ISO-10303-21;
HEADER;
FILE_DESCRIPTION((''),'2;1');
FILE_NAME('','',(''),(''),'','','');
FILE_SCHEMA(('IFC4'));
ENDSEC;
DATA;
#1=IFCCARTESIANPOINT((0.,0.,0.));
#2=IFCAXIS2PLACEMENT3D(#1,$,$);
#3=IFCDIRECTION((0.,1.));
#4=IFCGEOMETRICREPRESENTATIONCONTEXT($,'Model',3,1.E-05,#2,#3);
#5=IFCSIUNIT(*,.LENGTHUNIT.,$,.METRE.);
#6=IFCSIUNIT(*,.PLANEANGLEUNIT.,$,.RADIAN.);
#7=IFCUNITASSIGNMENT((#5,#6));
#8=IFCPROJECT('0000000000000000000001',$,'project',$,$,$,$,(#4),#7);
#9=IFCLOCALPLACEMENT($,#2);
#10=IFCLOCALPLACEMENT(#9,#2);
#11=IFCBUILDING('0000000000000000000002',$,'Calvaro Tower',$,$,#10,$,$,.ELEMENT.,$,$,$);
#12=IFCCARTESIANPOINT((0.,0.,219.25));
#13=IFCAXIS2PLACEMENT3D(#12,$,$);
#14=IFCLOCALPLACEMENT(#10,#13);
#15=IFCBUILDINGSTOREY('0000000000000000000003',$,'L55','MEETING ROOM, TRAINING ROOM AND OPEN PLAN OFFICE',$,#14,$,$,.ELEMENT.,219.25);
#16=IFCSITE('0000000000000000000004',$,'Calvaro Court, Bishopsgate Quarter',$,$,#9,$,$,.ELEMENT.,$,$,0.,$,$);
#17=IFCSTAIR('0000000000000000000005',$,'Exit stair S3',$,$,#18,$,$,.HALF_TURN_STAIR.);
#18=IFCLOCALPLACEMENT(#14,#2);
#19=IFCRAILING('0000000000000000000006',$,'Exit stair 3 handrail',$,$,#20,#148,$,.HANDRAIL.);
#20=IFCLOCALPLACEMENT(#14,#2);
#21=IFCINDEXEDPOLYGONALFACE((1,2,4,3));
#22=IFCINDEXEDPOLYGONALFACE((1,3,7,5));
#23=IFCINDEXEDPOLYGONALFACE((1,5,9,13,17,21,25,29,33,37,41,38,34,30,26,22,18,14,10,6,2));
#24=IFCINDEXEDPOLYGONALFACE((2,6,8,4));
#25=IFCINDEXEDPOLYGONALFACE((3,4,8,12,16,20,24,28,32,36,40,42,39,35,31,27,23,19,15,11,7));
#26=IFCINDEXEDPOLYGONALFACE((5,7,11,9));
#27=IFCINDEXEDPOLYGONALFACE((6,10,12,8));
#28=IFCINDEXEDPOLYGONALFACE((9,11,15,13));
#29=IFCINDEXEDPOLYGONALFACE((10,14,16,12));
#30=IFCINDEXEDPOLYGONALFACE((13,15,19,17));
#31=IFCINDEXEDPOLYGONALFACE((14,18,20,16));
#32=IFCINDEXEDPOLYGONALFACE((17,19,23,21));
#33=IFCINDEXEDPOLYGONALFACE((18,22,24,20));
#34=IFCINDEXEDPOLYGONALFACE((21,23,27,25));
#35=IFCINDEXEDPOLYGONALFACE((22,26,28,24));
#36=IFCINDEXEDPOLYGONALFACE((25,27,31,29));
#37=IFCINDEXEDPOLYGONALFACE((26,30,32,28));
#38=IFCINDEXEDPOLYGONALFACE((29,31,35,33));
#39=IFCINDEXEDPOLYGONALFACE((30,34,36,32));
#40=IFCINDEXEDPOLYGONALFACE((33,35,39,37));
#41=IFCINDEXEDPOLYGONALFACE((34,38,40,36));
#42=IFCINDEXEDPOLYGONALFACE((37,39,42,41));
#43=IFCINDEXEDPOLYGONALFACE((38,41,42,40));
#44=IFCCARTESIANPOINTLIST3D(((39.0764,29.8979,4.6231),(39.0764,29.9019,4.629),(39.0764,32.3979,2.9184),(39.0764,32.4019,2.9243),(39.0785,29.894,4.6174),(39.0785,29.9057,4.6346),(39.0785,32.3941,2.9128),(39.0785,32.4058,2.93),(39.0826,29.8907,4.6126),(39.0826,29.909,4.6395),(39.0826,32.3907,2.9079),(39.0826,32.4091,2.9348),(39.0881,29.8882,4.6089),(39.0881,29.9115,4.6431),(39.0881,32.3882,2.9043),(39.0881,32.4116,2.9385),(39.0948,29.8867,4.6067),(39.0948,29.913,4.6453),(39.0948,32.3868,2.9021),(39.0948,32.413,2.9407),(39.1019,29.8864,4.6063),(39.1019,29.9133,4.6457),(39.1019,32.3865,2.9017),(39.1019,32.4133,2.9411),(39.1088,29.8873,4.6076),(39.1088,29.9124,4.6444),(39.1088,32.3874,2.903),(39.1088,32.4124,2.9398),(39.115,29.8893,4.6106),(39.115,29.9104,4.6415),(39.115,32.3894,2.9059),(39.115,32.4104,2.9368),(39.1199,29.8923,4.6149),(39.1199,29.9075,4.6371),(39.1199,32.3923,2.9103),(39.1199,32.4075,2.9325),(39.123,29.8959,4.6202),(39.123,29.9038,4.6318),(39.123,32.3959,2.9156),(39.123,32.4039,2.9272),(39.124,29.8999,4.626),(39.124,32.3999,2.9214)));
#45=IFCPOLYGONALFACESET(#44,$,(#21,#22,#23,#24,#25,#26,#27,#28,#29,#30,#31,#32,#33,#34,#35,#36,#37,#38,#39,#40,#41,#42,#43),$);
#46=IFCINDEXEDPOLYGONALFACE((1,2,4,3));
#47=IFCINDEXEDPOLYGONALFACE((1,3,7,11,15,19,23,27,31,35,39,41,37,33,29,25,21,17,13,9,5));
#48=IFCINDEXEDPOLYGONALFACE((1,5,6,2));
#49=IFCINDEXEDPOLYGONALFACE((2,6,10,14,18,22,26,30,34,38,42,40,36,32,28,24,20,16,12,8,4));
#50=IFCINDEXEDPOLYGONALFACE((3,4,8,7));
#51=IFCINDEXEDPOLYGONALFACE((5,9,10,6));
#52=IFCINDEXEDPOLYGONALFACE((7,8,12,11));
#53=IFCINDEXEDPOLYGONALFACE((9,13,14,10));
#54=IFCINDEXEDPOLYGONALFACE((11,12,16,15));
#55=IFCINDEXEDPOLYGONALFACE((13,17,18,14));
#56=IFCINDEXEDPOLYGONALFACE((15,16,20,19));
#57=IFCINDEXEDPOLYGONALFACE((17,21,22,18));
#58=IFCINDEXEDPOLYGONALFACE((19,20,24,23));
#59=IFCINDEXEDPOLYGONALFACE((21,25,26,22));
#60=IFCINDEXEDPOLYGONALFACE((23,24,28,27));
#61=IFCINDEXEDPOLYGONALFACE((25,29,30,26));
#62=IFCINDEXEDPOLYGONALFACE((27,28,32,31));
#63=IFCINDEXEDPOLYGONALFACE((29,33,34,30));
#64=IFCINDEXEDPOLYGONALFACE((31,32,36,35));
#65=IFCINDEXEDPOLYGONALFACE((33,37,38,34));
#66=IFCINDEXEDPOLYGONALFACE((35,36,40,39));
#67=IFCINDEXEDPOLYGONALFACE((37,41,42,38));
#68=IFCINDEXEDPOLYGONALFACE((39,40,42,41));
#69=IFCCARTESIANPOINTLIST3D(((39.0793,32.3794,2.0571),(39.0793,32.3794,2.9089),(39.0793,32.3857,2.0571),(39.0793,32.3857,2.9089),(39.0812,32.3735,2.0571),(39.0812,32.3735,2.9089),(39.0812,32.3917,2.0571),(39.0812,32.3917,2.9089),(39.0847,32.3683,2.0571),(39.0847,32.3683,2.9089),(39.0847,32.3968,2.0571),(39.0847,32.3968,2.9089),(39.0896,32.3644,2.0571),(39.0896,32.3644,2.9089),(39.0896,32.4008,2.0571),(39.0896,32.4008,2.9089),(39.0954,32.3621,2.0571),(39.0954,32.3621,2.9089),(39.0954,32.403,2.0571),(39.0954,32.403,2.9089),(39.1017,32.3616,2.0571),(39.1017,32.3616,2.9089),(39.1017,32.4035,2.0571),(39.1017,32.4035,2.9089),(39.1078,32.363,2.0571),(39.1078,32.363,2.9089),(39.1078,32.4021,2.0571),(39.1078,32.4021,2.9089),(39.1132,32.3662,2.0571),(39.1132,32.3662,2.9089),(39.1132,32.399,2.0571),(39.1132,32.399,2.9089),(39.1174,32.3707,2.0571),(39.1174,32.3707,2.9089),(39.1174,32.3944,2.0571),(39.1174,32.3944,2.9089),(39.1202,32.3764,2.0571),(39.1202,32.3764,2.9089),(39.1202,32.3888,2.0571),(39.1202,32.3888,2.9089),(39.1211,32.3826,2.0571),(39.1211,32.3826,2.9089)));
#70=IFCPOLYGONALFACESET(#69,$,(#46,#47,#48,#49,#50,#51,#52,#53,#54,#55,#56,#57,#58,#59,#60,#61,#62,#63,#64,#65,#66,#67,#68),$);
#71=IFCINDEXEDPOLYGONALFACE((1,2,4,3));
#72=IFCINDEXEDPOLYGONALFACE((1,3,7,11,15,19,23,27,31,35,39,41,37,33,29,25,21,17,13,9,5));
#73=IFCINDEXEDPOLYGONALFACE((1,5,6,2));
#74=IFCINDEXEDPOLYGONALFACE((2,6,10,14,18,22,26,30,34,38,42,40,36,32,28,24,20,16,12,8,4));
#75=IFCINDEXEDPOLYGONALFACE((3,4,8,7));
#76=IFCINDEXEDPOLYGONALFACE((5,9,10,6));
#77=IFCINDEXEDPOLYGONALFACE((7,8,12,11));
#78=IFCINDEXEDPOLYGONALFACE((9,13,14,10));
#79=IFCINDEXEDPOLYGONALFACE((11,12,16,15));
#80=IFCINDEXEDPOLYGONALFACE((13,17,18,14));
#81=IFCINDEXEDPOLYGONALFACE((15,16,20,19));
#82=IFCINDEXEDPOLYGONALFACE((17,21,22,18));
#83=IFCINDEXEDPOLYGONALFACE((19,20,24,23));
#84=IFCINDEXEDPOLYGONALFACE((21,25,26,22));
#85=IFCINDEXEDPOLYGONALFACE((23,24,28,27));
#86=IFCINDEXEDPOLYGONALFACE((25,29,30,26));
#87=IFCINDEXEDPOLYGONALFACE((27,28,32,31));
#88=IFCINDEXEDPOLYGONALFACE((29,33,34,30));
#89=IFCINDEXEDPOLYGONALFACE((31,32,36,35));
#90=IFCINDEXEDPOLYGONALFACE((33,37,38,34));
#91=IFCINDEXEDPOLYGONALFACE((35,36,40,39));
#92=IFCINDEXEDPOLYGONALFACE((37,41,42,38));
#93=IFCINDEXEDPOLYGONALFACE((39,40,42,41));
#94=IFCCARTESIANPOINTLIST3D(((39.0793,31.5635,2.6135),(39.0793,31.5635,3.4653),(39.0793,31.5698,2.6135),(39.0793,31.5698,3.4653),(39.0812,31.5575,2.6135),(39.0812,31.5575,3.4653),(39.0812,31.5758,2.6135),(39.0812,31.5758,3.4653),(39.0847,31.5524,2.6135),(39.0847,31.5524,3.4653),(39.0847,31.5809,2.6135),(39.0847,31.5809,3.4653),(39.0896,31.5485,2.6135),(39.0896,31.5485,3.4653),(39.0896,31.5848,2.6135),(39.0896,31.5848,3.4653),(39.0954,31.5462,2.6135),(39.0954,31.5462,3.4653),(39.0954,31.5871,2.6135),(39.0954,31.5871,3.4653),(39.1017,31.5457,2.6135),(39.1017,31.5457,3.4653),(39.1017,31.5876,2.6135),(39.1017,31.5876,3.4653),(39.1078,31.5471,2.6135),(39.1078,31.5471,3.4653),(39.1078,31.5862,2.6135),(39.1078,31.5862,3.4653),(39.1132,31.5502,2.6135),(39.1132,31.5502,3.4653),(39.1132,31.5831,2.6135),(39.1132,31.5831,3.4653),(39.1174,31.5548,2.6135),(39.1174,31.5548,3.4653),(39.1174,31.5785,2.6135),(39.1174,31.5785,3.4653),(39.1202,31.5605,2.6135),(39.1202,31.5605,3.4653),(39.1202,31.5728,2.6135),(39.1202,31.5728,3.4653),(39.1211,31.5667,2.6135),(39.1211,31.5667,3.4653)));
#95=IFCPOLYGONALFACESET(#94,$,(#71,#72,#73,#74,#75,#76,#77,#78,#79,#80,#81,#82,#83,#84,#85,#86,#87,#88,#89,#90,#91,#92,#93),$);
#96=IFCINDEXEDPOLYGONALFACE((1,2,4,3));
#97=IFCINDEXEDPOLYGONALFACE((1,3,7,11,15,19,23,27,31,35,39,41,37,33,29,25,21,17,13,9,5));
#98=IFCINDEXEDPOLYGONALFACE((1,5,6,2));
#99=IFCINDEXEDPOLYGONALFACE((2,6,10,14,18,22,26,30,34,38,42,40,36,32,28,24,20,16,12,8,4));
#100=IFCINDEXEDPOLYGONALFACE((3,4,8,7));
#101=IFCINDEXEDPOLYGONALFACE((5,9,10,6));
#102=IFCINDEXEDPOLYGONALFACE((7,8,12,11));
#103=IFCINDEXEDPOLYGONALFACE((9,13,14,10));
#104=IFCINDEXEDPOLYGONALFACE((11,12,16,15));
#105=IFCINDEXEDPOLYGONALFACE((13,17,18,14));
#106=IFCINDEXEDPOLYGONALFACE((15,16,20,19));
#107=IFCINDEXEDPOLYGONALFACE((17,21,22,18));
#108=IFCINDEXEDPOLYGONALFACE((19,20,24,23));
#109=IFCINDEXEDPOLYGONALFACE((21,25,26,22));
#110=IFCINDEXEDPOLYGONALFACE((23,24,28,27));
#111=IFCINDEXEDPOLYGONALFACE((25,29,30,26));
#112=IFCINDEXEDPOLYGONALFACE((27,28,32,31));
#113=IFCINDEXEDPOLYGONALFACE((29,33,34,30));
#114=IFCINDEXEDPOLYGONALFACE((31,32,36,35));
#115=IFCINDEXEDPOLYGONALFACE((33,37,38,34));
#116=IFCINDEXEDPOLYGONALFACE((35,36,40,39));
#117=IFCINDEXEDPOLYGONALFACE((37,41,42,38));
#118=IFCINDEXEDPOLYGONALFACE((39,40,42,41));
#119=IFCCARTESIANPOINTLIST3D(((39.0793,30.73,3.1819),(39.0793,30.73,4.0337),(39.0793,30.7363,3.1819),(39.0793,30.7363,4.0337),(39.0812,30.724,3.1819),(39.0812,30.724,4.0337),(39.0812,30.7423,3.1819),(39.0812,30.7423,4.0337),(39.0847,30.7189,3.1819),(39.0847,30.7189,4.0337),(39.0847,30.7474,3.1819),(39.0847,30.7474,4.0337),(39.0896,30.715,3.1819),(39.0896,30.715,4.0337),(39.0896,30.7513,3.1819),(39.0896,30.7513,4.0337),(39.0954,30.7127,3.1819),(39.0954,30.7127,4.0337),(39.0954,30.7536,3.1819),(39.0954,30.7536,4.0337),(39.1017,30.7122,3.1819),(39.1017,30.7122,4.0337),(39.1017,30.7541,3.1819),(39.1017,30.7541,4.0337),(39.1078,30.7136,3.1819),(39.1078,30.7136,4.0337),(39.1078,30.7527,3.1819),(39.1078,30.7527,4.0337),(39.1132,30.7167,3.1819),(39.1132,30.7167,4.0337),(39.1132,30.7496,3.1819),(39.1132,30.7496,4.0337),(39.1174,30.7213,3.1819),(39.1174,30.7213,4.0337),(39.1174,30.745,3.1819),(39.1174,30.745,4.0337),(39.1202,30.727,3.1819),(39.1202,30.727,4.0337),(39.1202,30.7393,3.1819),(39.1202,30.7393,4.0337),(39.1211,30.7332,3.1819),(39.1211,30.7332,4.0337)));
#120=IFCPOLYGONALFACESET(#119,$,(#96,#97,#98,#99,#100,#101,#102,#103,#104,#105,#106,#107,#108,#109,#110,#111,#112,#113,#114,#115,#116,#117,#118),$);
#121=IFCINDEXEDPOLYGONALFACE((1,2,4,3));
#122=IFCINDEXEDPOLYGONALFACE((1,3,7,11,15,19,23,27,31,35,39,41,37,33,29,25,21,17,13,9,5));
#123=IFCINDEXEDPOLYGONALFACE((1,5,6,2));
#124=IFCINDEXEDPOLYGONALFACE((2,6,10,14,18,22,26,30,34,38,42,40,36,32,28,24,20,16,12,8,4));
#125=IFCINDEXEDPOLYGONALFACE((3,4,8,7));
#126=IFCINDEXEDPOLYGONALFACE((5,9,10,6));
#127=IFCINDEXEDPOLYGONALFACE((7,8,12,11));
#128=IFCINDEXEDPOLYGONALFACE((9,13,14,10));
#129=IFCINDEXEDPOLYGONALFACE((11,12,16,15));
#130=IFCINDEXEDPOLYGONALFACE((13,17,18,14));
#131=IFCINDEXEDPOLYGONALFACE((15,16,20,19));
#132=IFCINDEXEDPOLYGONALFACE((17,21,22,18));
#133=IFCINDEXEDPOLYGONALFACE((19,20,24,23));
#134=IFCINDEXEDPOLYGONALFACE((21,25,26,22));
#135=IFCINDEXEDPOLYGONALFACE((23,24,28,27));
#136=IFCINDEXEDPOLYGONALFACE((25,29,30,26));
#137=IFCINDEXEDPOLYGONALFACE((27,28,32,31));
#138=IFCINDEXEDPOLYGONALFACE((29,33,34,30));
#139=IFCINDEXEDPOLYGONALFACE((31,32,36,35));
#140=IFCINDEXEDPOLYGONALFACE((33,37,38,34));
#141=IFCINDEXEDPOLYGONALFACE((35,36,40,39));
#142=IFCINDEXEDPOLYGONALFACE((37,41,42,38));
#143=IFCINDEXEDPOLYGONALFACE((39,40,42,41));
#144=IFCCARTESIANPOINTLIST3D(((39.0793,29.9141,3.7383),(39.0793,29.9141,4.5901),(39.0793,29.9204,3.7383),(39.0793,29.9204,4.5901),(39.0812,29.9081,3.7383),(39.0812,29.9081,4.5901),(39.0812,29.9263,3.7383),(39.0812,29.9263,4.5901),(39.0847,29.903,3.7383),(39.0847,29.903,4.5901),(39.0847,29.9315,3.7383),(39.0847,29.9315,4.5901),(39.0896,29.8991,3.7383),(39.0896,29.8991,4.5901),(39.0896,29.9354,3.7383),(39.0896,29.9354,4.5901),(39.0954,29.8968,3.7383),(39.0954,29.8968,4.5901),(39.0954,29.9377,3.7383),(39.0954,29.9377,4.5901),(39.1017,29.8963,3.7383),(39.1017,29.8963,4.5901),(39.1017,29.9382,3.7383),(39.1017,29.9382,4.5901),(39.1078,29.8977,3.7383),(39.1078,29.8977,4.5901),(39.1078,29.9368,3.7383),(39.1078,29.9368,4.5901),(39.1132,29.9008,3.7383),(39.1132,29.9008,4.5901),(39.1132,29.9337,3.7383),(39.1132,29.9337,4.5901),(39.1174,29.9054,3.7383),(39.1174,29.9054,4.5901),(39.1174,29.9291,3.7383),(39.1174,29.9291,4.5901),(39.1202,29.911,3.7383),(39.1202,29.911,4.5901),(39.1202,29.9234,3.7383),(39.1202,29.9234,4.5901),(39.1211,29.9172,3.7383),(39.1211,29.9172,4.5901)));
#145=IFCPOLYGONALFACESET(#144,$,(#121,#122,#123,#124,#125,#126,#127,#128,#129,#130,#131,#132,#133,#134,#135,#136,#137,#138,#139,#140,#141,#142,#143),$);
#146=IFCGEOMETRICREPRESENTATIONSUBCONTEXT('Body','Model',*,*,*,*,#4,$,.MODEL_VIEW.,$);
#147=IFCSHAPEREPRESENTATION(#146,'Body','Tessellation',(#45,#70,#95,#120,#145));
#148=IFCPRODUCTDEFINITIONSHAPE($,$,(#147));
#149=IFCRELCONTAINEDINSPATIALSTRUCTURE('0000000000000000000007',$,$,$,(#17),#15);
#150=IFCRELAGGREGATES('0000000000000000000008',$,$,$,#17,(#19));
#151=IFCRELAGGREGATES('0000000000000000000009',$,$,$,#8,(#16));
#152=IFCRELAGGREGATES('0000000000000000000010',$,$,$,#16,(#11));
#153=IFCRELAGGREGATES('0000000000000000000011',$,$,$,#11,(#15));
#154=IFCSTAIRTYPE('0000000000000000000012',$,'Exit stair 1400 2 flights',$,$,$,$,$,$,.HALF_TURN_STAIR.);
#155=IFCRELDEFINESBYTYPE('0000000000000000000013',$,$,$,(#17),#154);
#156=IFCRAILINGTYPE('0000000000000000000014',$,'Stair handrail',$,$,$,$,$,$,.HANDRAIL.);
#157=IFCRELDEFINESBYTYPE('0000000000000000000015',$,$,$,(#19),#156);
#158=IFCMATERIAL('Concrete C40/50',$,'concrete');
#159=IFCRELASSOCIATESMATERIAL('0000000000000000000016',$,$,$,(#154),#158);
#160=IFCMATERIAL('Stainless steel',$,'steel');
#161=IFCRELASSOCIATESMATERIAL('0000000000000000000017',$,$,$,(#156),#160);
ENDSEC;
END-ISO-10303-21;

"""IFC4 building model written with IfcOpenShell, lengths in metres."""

from ifc_helpers import new_model, si_unit, direction, frame, origin, origin_2d, place, context, subcontext, project, spatial, circle, extrude, material, type_object, element, aggregate, save


model = new_model("IFC4")

# Units and contexts
model_context = context("Model", 3, precision=1e-05, world=origin(), true_north=direction((0.0, 1.0)))
body_context = subcontext(model_context, "Body", "Model", "MODEL_VIEW")
ifc_project = project(units=[si_unit("LENGTHUNIT", "METRE"), si_unit("PLANEANGLEUNIT", "RADIAN")], contexts=[model_context])

# Site, building, storey
site_placement = place(None, origin())
site = spatial("IfcSite", under=ifc_project, at=site_placement, Name="Calvaro Court, Bishopsgate Quarter", CompositionType="ELEMENT", RefElevation=0.0)
building_placement = place(site_placement, origin())
building = spatial("IfcBuilding", under=site, at=building_placement, Name="Calvaro Tower", CompositionType="ELEMENT")
storey_placement = place(building_placement, frame((0.0, 0.0, 219.25)))
storey = spatial("IfcBuildingStorey", under=building, at=storey_placement, Name="L55", Description="MEETING ROOM, TRAINING ROOM AND OPEN PLAN OFFICE", CompositionType="ELEMENT", Elevation=219.25)

# Stair
ifc_material_1 = material(Name="Concrete C40/50", Category="concrete")
stair_type = type_object("IfcStairType", Name="Exit stair 1400 2 flights", PredefinedType="HALF_TURN_STAIR", material=ifc_material_1)
stair_1_placement = place(storey_placement, origin())
stair_1 = element("IfcStair", 1, at=stair_1_placement, inside=storey, type_object=stair_type, Name="Exit stair S3", PredefinedType="HALF_TURN_STAIR")

# Railing
ifc_material_2 = material(Name="Stainless steel", Category="steel")
railing_type = type_object("IfcRailingType", Name="Stair handrail", PredefinedType="HANDRAIL", material=ifc_material_2)
railing_1_placement = place(storey_placement, frame((39.1001, 32.3999, 2.0454)))
railing_1 = element("IfcRailing", 2, at=railing_1_placement, type_object=railing_type, Name="Exit stair 3 handrail", PredefinedType="HANDRAIL", context=body_context, shape_type="SweptSolid", body=[
    extrude(circle(Radius=0.0239, at=origin_2d()), frame((0.0, 0.0, 0.876), z_axis=(0.0, -0.826221, 0.563347), x_axis=(1.0, 0.0, 0.0)), (0.0, 0.0, 1.0), 3.0259),
    extrude(circle(Radius=0.021, at=origin_2d()), frame((0.0, -0.0173, 0.0117)), (0.0, 0.0, 1.0), 0.8518),
    extrude(circle(Radius=0.021, at=origin_2d()), frame((0.0, -0.8333, 0.5681)), (0.0, 0.0, 1.0), 0.8518),
    extrude(circle(Radius=0.021, at=origin_2d()), frame((0.0, -1.6667, 1.1365)), (0.0, 0.0, 1.0), 0.8518),
    extrude(circle(Radius=0.021, at=origin_2d()), frame((0.0, -2.4827, 1.6929)), (0.0, 0.0, 1.0), 0.8518),
])
aggregate(stair_1, [railing_1])

save(model, "model.ifc")
